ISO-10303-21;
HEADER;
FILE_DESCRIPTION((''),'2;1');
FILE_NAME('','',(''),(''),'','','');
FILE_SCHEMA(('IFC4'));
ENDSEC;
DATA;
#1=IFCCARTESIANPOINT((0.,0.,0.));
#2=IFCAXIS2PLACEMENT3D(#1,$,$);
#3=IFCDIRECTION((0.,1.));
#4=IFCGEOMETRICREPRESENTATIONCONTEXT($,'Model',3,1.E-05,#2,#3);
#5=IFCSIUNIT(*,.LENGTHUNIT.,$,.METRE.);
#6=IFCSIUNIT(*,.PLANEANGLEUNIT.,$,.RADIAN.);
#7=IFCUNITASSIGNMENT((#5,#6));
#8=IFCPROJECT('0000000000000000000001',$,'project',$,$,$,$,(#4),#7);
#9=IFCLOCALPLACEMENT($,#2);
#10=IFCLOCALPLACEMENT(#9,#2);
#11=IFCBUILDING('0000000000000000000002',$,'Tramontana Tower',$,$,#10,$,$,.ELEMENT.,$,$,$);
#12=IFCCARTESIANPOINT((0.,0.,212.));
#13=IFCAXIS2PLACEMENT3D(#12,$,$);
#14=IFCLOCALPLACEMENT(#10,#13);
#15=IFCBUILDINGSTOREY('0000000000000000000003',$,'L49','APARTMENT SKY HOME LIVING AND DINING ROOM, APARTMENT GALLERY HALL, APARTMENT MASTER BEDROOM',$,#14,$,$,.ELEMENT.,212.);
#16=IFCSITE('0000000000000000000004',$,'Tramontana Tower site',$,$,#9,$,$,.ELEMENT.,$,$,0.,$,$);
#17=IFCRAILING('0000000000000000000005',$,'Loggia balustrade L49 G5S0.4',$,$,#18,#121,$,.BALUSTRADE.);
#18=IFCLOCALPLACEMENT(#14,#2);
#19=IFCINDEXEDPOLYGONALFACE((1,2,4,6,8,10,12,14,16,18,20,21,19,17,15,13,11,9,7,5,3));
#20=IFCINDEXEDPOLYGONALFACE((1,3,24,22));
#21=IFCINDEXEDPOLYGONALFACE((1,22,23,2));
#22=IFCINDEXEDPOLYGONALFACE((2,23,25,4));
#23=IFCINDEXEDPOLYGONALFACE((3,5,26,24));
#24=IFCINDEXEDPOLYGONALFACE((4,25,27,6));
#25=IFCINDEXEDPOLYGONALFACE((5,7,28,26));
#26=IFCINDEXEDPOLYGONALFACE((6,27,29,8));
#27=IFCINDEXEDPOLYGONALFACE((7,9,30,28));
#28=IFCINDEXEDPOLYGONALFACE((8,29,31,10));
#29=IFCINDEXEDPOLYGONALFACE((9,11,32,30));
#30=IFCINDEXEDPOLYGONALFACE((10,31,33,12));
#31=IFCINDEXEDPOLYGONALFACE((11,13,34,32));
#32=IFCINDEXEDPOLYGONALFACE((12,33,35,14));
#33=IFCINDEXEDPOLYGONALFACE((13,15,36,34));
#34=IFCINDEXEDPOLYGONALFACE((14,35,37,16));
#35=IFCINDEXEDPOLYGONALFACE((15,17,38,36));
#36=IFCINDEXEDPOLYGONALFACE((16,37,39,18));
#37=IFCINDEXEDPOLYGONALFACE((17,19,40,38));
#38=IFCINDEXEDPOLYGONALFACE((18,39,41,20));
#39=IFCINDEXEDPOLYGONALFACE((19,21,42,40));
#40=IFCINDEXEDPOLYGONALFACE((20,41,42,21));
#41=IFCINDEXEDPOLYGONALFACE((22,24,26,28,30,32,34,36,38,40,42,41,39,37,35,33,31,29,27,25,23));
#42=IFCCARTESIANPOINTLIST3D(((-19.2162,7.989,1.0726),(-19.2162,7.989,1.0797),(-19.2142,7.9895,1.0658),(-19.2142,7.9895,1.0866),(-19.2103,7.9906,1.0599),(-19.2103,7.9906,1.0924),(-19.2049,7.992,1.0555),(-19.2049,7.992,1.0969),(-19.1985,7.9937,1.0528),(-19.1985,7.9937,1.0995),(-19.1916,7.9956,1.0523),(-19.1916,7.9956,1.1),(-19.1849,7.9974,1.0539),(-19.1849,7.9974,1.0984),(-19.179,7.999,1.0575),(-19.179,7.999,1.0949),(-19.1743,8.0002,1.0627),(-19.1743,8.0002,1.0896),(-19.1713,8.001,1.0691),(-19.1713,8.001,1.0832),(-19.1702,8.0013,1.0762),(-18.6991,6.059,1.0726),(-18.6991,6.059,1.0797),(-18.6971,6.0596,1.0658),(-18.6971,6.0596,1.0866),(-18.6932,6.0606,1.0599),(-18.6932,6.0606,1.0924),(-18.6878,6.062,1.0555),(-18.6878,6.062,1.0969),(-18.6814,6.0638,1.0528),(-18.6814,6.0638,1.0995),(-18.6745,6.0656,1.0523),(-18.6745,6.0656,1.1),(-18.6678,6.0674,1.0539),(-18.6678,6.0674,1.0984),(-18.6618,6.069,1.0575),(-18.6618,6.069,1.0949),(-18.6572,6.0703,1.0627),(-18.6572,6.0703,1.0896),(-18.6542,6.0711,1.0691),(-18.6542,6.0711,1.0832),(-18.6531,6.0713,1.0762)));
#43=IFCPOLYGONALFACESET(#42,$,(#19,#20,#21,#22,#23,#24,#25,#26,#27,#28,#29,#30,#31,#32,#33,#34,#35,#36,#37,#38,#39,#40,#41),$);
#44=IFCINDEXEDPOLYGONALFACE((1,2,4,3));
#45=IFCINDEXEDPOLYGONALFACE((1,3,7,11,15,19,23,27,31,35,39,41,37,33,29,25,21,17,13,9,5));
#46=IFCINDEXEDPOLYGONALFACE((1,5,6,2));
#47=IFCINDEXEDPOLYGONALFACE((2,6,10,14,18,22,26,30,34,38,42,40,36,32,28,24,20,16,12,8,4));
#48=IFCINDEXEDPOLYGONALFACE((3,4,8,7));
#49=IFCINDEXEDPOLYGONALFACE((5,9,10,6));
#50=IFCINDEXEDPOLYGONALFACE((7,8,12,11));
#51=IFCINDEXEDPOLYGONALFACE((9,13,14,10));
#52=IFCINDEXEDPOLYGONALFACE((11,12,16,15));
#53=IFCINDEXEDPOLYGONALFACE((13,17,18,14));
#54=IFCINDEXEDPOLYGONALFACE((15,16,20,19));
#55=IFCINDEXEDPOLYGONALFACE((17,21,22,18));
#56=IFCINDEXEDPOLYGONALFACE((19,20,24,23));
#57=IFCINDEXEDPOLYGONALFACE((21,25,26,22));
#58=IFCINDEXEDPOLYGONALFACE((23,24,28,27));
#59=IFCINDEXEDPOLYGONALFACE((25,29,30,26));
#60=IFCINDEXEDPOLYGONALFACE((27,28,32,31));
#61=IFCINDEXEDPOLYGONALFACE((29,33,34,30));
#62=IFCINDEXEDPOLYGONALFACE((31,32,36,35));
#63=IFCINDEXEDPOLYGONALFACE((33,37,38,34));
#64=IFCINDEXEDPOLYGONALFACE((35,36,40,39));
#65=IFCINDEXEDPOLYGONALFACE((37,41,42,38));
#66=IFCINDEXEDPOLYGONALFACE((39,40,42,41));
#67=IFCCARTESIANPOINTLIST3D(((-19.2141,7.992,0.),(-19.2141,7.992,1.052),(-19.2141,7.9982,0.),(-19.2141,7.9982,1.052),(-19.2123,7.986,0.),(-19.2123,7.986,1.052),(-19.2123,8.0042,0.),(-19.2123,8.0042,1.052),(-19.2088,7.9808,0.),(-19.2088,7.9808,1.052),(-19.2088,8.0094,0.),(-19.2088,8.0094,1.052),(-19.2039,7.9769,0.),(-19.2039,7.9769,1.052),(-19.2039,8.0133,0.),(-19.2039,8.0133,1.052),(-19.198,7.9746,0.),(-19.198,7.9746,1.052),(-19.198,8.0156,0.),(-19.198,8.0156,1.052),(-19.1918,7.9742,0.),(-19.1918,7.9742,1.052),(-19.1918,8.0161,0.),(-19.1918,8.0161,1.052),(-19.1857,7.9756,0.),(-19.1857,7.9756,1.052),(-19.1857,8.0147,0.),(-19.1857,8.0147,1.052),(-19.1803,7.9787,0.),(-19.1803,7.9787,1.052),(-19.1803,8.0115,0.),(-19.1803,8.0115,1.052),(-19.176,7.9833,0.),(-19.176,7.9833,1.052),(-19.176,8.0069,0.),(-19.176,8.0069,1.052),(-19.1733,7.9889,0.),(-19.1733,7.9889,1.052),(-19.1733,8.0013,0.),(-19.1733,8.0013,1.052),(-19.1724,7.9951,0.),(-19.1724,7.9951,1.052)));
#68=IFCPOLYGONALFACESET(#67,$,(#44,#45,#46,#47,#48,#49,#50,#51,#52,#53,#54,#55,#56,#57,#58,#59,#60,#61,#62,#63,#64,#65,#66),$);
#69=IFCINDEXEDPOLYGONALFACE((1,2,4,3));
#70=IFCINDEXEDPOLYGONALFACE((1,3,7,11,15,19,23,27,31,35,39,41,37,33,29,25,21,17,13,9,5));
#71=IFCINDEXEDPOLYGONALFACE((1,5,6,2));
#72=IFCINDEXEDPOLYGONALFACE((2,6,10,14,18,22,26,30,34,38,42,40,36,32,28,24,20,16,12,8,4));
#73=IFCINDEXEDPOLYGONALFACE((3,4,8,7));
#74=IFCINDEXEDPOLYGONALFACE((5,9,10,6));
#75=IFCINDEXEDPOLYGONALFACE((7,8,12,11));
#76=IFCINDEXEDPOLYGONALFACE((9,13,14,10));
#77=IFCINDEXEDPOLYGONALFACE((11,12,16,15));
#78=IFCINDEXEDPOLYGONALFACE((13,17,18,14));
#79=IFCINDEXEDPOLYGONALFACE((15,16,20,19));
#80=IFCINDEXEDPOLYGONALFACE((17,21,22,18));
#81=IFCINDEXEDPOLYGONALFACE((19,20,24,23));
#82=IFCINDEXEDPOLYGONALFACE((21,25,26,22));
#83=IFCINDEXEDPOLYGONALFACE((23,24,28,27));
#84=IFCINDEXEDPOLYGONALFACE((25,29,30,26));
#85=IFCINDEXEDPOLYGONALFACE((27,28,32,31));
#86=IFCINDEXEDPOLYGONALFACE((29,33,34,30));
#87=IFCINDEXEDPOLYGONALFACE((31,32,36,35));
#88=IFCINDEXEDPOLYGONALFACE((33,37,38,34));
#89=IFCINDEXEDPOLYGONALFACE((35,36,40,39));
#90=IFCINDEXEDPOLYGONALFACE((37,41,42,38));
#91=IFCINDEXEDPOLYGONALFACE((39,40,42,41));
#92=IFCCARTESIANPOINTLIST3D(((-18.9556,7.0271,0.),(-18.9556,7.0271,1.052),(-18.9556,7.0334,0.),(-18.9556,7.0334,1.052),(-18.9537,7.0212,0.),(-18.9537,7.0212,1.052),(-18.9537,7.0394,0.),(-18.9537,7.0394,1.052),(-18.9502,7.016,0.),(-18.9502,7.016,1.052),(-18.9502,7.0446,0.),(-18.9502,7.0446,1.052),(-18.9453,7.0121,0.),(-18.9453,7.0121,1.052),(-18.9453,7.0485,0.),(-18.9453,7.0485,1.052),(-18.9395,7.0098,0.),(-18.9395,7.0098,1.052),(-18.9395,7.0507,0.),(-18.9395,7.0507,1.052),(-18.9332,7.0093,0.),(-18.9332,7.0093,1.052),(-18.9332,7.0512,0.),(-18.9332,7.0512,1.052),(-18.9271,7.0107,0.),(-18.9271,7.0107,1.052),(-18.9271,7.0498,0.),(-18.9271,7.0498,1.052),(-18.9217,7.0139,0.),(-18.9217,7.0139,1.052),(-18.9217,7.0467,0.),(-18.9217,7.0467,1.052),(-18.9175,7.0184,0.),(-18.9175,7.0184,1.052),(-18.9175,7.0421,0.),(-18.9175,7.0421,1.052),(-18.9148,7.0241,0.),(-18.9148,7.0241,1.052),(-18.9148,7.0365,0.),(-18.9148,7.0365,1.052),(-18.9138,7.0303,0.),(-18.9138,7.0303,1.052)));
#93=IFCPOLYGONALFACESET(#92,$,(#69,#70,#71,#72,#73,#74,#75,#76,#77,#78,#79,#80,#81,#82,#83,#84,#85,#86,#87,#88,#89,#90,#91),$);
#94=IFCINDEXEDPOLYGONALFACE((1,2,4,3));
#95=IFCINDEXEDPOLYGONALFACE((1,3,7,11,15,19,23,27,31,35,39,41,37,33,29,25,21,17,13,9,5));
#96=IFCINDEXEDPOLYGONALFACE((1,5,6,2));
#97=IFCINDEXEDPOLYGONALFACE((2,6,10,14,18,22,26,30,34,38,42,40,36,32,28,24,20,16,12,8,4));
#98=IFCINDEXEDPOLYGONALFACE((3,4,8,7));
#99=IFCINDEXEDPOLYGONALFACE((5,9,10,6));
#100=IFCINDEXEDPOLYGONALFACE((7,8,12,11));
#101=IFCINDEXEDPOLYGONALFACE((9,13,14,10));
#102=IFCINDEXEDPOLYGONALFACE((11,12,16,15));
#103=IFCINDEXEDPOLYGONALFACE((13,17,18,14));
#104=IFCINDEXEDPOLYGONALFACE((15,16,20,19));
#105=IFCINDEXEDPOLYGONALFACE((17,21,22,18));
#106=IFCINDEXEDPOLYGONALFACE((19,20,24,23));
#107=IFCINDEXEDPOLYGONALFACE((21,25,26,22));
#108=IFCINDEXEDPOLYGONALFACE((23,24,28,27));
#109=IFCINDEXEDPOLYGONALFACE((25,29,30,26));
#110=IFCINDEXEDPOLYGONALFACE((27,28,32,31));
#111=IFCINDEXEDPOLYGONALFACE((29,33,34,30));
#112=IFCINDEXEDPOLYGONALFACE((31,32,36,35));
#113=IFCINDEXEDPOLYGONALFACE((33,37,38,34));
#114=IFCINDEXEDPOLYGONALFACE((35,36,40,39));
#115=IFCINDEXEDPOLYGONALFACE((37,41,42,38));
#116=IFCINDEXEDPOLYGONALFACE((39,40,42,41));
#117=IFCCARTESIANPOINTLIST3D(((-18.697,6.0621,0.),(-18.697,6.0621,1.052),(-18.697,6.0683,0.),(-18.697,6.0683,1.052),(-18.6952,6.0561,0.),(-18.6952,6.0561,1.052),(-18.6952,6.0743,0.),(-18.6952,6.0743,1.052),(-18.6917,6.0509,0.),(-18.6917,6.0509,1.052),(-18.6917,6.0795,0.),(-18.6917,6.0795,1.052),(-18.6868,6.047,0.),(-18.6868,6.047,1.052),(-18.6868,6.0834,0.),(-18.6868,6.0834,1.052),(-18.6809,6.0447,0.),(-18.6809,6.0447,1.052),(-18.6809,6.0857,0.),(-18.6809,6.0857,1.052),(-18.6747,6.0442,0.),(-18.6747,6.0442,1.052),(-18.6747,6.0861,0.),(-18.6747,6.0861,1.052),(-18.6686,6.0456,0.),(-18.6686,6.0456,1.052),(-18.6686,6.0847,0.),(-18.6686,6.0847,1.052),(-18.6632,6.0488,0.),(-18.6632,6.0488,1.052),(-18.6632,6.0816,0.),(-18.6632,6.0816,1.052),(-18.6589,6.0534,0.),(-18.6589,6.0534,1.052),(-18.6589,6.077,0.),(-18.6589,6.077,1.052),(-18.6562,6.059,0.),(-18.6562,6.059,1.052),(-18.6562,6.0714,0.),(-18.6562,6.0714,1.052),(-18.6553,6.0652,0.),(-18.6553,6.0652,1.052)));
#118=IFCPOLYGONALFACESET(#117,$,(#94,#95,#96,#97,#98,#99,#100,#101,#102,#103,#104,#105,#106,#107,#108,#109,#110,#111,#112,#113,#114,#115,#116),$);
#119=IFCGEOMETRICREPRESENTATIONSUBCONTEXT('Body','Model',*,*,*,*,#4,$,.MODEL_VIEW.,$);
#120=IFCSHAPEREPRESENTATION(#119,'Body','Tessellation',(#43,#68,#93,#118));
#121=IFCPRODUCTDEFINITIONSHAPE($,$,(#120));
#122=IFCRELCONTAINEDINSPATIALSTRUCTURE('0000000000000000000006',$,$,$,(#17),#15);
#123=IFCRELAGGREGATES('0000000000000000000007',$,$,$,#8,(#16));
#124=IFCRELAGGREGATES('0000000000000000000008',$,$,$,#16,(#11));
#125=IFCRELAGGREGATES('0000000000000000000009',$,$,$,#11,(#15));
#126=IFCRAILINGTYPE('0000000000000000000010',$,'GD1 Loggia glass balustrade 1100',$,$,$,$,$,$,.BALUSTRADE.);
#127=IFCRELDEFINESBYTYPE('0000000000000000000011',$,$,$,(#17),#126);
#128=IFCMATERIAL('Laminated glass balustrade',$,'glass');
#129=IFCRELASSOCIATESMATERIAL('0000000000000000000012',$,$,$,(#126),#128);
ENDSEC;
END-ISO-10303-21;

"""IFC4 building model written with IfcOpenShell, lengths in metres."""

from ifc_helpers import new_model, si_unit, direction, frame, origin, origin_2d, place, context, subcontext, project, spatial, circle, extrude, material, type_object, element, save


model = new_model("IFC4")

# Units and contexts
model_context = context("Model", 3, precision=1e-05, world=origin(), true_north=direction((0.0, 1.0)))
body_context = subcontext(model_context, "Body", "Model", "MODEL_VIEW")
ifc_project = project(units=[si_unit("LENGTHUNIT", "METRE"), si_unit("PLANEANGLEUNIT", "RADIAN")], contexts=[model_context])

# Site, building, storey
site_placement = place(None, origin())
site = spatial("IfcSite", under=ifc_project, at=site_placement, Name="Tramontana Tower site", CompositionType="ELEMENT", RefElevation=0.0)
building_placement = place(site_placement, origin())
building = spatial("IfcBuilding", under=site, at=building_placement, Name="Tramontana Tower", CompositionType="ELEMENT")
storey_placement = place(building_placement, frame((0.0, 0.0, 212.0)))
storey = spatial("IfcBuildingStorey", under=building, at=storey_placement, Name="L49", Description="APARTMENT SKY HOME LIVING AND DINING ROOM, APARTMENT GALLERY HALL, APARTMENT MASTER BEDROOM", CompositionType="ELEMENT", Elevation=212.0)

# Railing
ifc_material_1 = material(Name="Laminated glass balustrade", Category="glass")
railing_type = type_object("IfcRailingType", Name="GD1 Loggia glass balustrade 1100", PredefinedType="BALUSTRADE", material=ifc_material_1)
railing_placement = place(storey_placement, frame((-19.1934, 7.9951, 0.0)))
element("IfcRailing", 1, at=railing_placement, inside=storey, type_object=railing_type, Name="Loggia balustrade L49 G5S0.4", PredefinedType="BALUSTRADE", context=body_context, shape_type="SweptSolid", body=[
    extrude(circle(Radius=0.0239, at=origin_2d()), frame((0.0, 0.0, 1.0762), z_axis=(0.258803, -0.96593, 0.0), x_axis=(0.96593, 0.258803, 0.0)), (0.0, 0.0, 1.0), 1.998),
    extrude(circle(Radius=0.021, at=origin_2d()), origin(), (0.0, 0.0, 1.0), 1.052),
    extrude(circle(Radius=0.021, at=origin_2d()), frame((0.2585, -0.9648, 0.0)), (0.0, 0.0, 1.0), 1.052),
    extrude(circle(Radius=0.021, at=origin_2d()), frame((0.5171, -1.9299, 0.0)), (0.0, 0.0, 1.0), 1.052),
])

save(model, "model.ifc")
